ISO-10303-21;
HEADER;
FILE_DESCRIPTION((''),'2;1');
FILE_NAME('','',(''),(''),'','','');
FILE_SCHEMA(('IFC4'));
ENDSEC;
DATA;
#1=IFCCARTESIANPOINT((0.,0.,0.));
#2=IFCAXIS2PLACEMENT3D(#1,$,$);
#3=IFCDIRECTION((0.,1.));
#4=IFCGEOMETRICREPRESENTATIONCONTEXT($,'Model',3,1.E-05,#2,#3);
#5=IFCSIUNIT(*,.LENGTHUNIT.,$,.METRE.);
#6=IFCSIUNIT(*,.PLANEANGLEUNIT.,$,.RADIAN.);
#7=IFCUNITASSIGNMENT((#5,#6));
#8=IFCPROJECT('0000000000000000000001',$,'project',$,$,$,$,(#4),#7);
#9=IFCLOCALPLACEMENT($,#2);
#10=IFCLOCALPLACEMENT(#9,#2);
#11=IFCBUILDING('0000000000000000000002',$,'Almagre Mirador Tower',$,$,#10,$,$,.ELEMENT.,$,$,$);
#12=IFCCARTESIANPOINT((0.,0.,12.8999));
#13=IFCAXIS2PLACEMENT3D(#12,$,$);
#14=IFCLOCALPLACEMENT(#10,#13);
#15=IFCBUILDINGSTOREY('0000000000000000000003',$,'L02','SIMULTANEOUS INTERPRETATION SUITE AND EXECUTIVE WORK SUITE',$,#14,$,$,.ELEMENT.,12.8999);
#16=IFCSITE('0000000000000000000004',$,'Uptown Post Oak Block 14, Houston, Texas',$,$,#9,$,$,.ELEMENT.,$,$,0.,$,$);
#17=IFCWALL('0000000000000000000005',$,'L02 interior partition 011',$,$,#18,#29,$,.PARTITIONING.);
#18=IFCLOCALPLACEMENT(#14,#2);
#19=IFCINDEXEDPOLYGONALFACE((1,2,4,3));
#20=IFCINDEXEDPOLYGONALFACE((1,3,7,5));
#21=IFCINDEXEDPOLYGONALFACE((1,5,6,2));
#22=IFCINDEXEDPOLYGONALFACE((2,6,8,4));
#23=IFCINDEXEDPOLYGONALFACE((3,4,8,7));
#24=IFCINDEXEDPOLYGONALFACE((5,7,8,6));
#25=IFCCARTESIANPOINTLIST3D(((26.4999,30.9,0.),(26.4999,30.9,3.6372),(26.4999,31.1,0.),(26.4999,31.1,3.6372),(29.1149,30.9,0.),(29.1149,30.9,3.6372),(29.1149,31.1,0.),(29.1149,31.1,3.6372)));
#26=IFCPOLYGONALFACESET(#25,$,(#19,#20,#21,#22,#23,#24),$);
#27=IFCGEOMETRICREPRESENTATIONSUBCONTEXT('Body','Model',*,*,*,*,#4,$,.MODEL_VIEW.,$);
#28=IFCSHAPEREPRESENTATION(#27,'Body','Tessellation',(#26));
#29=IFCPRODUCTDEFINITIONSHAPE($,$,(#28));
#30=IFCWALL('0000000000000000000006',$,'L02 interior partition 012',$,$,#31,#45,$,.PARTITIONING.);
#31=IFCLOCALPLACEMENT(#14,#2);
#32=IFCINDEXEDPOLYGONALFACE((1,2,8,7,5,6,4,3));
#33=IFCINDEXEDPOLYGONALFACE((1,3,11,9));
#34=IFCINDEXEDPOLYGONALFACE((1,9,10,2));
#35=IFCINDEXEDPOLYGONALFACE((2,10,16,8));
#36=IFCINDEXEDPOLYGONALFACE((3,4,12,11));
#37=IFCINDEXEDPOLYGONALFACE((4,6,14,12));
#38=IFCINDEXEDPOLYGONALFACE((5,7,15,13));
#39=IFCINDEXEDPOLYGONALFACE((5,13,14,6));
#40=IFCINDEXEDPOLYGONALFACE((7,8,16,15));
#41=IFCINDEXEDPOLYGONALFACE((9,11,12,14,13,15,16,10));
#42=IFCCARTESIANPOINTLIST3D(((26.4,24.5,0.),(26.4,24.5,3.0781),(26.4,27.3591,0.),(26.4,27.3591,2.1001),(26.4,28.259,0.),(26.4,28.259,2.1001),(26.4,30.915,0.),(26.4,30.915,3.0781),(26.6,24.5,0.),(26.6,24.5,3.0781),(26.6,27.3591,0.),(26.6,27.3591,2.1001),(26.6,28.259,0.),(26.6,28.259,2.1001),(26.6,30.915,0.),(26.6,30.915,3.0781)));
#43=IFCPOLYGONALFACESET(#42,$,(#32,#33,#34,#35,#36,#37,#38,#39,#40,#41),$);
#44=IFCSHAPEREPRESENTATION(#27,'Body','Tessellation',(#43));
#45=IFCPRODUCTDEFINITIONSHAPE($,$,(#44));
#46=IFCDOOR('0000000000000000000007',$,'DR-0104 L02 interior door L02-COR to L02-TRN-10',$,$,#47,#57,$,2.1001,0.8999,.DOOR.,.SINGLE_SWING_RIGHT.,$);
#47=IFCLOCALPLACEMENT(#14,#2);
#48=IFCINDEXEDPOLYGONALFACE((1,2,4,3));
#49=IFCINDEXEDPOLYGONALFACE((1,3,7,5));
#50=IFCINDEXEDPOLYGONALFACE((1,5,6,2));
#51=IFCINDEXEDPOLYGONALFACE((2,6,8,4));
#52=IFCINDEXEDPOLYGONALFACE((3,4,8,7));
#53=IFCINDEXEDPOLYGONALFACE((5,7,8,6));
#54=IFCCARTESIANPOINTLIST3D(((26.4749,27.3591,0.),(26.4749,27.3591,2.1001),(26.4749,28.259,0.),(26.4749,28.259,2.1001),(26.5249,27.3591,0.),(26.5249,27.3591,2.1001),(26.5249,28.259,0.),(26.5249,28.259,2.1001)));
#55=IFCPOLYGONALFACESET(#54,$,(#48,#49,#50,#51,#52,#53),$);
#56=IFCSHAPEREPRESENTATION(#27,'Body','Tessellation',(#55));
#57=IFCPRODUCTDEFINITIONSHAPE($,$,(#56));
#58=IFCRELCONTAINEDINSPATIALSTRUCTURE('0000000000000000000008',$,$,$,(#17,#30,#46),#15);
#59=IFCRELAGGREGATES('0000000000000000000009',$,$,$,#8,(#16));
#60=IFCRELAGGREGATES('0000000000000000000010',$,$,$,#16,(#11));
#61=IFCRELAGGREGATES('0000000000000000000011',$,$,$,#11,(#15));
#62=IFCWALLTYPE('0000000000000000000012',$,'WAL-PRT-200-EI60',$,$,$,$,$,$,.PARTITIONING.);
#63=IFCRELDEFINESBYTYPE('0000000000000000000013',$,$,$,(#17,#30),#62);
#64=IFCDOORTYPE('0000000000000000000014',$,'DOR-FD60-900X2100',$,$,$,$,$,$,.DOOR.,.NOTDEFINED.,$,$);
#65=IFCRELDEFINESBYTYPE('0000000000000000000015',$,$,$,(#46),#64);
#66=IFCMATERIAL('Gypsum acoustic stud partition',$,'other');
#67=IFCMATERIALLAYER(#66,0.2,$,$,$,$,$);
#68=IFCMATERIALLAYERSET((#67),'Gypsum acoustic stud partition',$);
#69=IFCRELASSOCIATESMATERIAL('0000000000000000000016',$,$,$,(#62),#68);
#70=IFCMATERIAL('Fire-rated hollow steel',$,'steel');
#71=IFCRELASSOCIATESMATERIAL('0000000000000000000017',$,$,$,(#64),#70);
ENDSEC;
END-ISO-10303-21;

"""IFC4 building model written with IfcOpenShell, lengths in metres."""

from ifc_helpers import new_model, si_unit, direction, frame, frame_2d, origin, place, context, subcontext, project, spatial, rectangle, extrude, material, layer, layer_set, type_object, element, fill, save


model = new_model("IFC4")

# Units and contexts
model_context = context("Model", 3, precision=1e-05, world=origin(), true_north=direction((0.0, 1.0)))
body_context = subcontext(model_context, "Body", "Model", "MODEL_VIEW")
ifc_project = project(units=[si_unit("LENGTHUNIT", "METRE"), si_unit("PLANEANGLEUNIT", "RADIAN")], contexts=[model_context])

# Site, building, storey
site_placement = place(None, origin())
site = spatial("IfcSite", under=ifc_project, at=site_placement, Name="Uptown Post Oak Block 14, Houston, Texas", CompositionType="ELEMENT", RefElevation=0.0)
building_placement = place(site_placement, origin())
building = spatial("IfcBuilding", under=site, at=building_placement, Name="Almagre Mirador Tower", CompositionType="ELEMENT")
storey_placement = place(building_placement, frame((0.0, 0.0, 12.8999)))
storey = spatial("IfcBuildingStorey", under=building, at=storey_placement, Name="L02", Description="SIMULTANEOUS INTERPRETATION SUITE AND EXECUTIVE WORK SUITE", CompositionType="ELEMENT", Elevation=12.8999)

# Wall
ifc_material_1 = material(Name="Gypsum acoustic stud partition", Category="other")
ifc_layer_1 = layer(ifc_material_1, 0.2)
ifc_layer_set_1 = layer_set([ifc_layer_1], Name="Gypsum acoustic stud partition")
wall_type_1 = type_object("IfcWallType", Name="WAL-PRT-200-EI60", PredefinedType="PARTITIONING", material=ifc_layer_set_1)
wall_1_placement = place(storey_placement, frame((29.115, 31.0, 0.0), z_axis=(0.0, 0.0, 1.0), x_axis=(-1.0, 0.0, 0.0)))
element("IfcWall", 1, at=wall_1_placement, inside=storey, type_object=wall_type_1, Name="L02 interior partition 011", PredefinedType="PARTITIONING", context=body_context, shape_type="SweptSolid", body=[
    extrude(rectangle(XDim=2.615, YDim=0.2, at=frame_2d((1.3076, 0.0))), origin(), (0.0, 0.0, 1.0), 3.6372),
])

# Wall, opening, door
wall_2_placement = place(storey_placement, frame((26.5, 30.915, 0.0), z_axis=(0.0, 0.0, 1.0), x_axis=(0.0, -1.0, 0.0)))
wall_2 = element("IfcWall", 2, at=wall_2_placement, inside=storey, type_object=wall_type_1, Name="L02 interior partition 012", PredefinedType="PARTITIONING", context=body_context, shape_type="SweptSolid", body=[
    extrude(rectangle(XDim=6.415, YDim=0.2, at=frame_2d((3.2075, 0.0))), origin(), (0.0, 0.0, 1.0), 3.0781),
])
opening_1_placement = place(wall_2_placement, frame((2.656, 0.0, 0.0)))
opening_1 = element("IfcOpeningElement", 3, at=opening_1_placement, cuts=wall_2, PredefinedType="OPENING", context=body_context, shape_type="SweptSolid", body=[
    extrude(rectangle(XDim=0.8999, YDim=2.1001, at=frame_2d((0.45, 1.05))), frame((0.0, 0.1101, 0.0), z_axis=(0.0, -1.0, 0.0), x_axis=(1.0, 0.0, 0.0)), (0.0, 0.0, 1.0), 0.22),
])
ifc_material_2 = material(Name="Fire-rated hollow steel", Category="steel")
door_type = type_object("IfcDoorType", Name="DOR-FD60-900X2100", OperationType="NOTDEFINED", PredefinedType="DOOR", material=ifc_material_2)
door_placement = place(opening_1_placement, origin())
door = element("IfcDoor", 4, at=door_placement, inside=storey, type_object=door_type, Name="DR-0104 L02 interior door L02-COR to L02-TRN-10", OperationType="SINGLE_SWING_RIGHT", OverallHeight=2.1001, OverallWidth=0.8999, PredefinedType="DOOR", context=body_context, shape_type="SweptSolid", body=[
    extrude(rectangle(XDim=0.8999, YDim=2.1001, at=frame_2d((0.45, 1.05))), frame((0.0, 0.0249, 0.0), z_axis=(0.0, -1.0, 0.0), x_axis=(1.0, 0.0, 0.0)), (0.0, 0.0, 1.0), 0.05),
])
fill(opening_1, door)

save(model, "model.ifc")
